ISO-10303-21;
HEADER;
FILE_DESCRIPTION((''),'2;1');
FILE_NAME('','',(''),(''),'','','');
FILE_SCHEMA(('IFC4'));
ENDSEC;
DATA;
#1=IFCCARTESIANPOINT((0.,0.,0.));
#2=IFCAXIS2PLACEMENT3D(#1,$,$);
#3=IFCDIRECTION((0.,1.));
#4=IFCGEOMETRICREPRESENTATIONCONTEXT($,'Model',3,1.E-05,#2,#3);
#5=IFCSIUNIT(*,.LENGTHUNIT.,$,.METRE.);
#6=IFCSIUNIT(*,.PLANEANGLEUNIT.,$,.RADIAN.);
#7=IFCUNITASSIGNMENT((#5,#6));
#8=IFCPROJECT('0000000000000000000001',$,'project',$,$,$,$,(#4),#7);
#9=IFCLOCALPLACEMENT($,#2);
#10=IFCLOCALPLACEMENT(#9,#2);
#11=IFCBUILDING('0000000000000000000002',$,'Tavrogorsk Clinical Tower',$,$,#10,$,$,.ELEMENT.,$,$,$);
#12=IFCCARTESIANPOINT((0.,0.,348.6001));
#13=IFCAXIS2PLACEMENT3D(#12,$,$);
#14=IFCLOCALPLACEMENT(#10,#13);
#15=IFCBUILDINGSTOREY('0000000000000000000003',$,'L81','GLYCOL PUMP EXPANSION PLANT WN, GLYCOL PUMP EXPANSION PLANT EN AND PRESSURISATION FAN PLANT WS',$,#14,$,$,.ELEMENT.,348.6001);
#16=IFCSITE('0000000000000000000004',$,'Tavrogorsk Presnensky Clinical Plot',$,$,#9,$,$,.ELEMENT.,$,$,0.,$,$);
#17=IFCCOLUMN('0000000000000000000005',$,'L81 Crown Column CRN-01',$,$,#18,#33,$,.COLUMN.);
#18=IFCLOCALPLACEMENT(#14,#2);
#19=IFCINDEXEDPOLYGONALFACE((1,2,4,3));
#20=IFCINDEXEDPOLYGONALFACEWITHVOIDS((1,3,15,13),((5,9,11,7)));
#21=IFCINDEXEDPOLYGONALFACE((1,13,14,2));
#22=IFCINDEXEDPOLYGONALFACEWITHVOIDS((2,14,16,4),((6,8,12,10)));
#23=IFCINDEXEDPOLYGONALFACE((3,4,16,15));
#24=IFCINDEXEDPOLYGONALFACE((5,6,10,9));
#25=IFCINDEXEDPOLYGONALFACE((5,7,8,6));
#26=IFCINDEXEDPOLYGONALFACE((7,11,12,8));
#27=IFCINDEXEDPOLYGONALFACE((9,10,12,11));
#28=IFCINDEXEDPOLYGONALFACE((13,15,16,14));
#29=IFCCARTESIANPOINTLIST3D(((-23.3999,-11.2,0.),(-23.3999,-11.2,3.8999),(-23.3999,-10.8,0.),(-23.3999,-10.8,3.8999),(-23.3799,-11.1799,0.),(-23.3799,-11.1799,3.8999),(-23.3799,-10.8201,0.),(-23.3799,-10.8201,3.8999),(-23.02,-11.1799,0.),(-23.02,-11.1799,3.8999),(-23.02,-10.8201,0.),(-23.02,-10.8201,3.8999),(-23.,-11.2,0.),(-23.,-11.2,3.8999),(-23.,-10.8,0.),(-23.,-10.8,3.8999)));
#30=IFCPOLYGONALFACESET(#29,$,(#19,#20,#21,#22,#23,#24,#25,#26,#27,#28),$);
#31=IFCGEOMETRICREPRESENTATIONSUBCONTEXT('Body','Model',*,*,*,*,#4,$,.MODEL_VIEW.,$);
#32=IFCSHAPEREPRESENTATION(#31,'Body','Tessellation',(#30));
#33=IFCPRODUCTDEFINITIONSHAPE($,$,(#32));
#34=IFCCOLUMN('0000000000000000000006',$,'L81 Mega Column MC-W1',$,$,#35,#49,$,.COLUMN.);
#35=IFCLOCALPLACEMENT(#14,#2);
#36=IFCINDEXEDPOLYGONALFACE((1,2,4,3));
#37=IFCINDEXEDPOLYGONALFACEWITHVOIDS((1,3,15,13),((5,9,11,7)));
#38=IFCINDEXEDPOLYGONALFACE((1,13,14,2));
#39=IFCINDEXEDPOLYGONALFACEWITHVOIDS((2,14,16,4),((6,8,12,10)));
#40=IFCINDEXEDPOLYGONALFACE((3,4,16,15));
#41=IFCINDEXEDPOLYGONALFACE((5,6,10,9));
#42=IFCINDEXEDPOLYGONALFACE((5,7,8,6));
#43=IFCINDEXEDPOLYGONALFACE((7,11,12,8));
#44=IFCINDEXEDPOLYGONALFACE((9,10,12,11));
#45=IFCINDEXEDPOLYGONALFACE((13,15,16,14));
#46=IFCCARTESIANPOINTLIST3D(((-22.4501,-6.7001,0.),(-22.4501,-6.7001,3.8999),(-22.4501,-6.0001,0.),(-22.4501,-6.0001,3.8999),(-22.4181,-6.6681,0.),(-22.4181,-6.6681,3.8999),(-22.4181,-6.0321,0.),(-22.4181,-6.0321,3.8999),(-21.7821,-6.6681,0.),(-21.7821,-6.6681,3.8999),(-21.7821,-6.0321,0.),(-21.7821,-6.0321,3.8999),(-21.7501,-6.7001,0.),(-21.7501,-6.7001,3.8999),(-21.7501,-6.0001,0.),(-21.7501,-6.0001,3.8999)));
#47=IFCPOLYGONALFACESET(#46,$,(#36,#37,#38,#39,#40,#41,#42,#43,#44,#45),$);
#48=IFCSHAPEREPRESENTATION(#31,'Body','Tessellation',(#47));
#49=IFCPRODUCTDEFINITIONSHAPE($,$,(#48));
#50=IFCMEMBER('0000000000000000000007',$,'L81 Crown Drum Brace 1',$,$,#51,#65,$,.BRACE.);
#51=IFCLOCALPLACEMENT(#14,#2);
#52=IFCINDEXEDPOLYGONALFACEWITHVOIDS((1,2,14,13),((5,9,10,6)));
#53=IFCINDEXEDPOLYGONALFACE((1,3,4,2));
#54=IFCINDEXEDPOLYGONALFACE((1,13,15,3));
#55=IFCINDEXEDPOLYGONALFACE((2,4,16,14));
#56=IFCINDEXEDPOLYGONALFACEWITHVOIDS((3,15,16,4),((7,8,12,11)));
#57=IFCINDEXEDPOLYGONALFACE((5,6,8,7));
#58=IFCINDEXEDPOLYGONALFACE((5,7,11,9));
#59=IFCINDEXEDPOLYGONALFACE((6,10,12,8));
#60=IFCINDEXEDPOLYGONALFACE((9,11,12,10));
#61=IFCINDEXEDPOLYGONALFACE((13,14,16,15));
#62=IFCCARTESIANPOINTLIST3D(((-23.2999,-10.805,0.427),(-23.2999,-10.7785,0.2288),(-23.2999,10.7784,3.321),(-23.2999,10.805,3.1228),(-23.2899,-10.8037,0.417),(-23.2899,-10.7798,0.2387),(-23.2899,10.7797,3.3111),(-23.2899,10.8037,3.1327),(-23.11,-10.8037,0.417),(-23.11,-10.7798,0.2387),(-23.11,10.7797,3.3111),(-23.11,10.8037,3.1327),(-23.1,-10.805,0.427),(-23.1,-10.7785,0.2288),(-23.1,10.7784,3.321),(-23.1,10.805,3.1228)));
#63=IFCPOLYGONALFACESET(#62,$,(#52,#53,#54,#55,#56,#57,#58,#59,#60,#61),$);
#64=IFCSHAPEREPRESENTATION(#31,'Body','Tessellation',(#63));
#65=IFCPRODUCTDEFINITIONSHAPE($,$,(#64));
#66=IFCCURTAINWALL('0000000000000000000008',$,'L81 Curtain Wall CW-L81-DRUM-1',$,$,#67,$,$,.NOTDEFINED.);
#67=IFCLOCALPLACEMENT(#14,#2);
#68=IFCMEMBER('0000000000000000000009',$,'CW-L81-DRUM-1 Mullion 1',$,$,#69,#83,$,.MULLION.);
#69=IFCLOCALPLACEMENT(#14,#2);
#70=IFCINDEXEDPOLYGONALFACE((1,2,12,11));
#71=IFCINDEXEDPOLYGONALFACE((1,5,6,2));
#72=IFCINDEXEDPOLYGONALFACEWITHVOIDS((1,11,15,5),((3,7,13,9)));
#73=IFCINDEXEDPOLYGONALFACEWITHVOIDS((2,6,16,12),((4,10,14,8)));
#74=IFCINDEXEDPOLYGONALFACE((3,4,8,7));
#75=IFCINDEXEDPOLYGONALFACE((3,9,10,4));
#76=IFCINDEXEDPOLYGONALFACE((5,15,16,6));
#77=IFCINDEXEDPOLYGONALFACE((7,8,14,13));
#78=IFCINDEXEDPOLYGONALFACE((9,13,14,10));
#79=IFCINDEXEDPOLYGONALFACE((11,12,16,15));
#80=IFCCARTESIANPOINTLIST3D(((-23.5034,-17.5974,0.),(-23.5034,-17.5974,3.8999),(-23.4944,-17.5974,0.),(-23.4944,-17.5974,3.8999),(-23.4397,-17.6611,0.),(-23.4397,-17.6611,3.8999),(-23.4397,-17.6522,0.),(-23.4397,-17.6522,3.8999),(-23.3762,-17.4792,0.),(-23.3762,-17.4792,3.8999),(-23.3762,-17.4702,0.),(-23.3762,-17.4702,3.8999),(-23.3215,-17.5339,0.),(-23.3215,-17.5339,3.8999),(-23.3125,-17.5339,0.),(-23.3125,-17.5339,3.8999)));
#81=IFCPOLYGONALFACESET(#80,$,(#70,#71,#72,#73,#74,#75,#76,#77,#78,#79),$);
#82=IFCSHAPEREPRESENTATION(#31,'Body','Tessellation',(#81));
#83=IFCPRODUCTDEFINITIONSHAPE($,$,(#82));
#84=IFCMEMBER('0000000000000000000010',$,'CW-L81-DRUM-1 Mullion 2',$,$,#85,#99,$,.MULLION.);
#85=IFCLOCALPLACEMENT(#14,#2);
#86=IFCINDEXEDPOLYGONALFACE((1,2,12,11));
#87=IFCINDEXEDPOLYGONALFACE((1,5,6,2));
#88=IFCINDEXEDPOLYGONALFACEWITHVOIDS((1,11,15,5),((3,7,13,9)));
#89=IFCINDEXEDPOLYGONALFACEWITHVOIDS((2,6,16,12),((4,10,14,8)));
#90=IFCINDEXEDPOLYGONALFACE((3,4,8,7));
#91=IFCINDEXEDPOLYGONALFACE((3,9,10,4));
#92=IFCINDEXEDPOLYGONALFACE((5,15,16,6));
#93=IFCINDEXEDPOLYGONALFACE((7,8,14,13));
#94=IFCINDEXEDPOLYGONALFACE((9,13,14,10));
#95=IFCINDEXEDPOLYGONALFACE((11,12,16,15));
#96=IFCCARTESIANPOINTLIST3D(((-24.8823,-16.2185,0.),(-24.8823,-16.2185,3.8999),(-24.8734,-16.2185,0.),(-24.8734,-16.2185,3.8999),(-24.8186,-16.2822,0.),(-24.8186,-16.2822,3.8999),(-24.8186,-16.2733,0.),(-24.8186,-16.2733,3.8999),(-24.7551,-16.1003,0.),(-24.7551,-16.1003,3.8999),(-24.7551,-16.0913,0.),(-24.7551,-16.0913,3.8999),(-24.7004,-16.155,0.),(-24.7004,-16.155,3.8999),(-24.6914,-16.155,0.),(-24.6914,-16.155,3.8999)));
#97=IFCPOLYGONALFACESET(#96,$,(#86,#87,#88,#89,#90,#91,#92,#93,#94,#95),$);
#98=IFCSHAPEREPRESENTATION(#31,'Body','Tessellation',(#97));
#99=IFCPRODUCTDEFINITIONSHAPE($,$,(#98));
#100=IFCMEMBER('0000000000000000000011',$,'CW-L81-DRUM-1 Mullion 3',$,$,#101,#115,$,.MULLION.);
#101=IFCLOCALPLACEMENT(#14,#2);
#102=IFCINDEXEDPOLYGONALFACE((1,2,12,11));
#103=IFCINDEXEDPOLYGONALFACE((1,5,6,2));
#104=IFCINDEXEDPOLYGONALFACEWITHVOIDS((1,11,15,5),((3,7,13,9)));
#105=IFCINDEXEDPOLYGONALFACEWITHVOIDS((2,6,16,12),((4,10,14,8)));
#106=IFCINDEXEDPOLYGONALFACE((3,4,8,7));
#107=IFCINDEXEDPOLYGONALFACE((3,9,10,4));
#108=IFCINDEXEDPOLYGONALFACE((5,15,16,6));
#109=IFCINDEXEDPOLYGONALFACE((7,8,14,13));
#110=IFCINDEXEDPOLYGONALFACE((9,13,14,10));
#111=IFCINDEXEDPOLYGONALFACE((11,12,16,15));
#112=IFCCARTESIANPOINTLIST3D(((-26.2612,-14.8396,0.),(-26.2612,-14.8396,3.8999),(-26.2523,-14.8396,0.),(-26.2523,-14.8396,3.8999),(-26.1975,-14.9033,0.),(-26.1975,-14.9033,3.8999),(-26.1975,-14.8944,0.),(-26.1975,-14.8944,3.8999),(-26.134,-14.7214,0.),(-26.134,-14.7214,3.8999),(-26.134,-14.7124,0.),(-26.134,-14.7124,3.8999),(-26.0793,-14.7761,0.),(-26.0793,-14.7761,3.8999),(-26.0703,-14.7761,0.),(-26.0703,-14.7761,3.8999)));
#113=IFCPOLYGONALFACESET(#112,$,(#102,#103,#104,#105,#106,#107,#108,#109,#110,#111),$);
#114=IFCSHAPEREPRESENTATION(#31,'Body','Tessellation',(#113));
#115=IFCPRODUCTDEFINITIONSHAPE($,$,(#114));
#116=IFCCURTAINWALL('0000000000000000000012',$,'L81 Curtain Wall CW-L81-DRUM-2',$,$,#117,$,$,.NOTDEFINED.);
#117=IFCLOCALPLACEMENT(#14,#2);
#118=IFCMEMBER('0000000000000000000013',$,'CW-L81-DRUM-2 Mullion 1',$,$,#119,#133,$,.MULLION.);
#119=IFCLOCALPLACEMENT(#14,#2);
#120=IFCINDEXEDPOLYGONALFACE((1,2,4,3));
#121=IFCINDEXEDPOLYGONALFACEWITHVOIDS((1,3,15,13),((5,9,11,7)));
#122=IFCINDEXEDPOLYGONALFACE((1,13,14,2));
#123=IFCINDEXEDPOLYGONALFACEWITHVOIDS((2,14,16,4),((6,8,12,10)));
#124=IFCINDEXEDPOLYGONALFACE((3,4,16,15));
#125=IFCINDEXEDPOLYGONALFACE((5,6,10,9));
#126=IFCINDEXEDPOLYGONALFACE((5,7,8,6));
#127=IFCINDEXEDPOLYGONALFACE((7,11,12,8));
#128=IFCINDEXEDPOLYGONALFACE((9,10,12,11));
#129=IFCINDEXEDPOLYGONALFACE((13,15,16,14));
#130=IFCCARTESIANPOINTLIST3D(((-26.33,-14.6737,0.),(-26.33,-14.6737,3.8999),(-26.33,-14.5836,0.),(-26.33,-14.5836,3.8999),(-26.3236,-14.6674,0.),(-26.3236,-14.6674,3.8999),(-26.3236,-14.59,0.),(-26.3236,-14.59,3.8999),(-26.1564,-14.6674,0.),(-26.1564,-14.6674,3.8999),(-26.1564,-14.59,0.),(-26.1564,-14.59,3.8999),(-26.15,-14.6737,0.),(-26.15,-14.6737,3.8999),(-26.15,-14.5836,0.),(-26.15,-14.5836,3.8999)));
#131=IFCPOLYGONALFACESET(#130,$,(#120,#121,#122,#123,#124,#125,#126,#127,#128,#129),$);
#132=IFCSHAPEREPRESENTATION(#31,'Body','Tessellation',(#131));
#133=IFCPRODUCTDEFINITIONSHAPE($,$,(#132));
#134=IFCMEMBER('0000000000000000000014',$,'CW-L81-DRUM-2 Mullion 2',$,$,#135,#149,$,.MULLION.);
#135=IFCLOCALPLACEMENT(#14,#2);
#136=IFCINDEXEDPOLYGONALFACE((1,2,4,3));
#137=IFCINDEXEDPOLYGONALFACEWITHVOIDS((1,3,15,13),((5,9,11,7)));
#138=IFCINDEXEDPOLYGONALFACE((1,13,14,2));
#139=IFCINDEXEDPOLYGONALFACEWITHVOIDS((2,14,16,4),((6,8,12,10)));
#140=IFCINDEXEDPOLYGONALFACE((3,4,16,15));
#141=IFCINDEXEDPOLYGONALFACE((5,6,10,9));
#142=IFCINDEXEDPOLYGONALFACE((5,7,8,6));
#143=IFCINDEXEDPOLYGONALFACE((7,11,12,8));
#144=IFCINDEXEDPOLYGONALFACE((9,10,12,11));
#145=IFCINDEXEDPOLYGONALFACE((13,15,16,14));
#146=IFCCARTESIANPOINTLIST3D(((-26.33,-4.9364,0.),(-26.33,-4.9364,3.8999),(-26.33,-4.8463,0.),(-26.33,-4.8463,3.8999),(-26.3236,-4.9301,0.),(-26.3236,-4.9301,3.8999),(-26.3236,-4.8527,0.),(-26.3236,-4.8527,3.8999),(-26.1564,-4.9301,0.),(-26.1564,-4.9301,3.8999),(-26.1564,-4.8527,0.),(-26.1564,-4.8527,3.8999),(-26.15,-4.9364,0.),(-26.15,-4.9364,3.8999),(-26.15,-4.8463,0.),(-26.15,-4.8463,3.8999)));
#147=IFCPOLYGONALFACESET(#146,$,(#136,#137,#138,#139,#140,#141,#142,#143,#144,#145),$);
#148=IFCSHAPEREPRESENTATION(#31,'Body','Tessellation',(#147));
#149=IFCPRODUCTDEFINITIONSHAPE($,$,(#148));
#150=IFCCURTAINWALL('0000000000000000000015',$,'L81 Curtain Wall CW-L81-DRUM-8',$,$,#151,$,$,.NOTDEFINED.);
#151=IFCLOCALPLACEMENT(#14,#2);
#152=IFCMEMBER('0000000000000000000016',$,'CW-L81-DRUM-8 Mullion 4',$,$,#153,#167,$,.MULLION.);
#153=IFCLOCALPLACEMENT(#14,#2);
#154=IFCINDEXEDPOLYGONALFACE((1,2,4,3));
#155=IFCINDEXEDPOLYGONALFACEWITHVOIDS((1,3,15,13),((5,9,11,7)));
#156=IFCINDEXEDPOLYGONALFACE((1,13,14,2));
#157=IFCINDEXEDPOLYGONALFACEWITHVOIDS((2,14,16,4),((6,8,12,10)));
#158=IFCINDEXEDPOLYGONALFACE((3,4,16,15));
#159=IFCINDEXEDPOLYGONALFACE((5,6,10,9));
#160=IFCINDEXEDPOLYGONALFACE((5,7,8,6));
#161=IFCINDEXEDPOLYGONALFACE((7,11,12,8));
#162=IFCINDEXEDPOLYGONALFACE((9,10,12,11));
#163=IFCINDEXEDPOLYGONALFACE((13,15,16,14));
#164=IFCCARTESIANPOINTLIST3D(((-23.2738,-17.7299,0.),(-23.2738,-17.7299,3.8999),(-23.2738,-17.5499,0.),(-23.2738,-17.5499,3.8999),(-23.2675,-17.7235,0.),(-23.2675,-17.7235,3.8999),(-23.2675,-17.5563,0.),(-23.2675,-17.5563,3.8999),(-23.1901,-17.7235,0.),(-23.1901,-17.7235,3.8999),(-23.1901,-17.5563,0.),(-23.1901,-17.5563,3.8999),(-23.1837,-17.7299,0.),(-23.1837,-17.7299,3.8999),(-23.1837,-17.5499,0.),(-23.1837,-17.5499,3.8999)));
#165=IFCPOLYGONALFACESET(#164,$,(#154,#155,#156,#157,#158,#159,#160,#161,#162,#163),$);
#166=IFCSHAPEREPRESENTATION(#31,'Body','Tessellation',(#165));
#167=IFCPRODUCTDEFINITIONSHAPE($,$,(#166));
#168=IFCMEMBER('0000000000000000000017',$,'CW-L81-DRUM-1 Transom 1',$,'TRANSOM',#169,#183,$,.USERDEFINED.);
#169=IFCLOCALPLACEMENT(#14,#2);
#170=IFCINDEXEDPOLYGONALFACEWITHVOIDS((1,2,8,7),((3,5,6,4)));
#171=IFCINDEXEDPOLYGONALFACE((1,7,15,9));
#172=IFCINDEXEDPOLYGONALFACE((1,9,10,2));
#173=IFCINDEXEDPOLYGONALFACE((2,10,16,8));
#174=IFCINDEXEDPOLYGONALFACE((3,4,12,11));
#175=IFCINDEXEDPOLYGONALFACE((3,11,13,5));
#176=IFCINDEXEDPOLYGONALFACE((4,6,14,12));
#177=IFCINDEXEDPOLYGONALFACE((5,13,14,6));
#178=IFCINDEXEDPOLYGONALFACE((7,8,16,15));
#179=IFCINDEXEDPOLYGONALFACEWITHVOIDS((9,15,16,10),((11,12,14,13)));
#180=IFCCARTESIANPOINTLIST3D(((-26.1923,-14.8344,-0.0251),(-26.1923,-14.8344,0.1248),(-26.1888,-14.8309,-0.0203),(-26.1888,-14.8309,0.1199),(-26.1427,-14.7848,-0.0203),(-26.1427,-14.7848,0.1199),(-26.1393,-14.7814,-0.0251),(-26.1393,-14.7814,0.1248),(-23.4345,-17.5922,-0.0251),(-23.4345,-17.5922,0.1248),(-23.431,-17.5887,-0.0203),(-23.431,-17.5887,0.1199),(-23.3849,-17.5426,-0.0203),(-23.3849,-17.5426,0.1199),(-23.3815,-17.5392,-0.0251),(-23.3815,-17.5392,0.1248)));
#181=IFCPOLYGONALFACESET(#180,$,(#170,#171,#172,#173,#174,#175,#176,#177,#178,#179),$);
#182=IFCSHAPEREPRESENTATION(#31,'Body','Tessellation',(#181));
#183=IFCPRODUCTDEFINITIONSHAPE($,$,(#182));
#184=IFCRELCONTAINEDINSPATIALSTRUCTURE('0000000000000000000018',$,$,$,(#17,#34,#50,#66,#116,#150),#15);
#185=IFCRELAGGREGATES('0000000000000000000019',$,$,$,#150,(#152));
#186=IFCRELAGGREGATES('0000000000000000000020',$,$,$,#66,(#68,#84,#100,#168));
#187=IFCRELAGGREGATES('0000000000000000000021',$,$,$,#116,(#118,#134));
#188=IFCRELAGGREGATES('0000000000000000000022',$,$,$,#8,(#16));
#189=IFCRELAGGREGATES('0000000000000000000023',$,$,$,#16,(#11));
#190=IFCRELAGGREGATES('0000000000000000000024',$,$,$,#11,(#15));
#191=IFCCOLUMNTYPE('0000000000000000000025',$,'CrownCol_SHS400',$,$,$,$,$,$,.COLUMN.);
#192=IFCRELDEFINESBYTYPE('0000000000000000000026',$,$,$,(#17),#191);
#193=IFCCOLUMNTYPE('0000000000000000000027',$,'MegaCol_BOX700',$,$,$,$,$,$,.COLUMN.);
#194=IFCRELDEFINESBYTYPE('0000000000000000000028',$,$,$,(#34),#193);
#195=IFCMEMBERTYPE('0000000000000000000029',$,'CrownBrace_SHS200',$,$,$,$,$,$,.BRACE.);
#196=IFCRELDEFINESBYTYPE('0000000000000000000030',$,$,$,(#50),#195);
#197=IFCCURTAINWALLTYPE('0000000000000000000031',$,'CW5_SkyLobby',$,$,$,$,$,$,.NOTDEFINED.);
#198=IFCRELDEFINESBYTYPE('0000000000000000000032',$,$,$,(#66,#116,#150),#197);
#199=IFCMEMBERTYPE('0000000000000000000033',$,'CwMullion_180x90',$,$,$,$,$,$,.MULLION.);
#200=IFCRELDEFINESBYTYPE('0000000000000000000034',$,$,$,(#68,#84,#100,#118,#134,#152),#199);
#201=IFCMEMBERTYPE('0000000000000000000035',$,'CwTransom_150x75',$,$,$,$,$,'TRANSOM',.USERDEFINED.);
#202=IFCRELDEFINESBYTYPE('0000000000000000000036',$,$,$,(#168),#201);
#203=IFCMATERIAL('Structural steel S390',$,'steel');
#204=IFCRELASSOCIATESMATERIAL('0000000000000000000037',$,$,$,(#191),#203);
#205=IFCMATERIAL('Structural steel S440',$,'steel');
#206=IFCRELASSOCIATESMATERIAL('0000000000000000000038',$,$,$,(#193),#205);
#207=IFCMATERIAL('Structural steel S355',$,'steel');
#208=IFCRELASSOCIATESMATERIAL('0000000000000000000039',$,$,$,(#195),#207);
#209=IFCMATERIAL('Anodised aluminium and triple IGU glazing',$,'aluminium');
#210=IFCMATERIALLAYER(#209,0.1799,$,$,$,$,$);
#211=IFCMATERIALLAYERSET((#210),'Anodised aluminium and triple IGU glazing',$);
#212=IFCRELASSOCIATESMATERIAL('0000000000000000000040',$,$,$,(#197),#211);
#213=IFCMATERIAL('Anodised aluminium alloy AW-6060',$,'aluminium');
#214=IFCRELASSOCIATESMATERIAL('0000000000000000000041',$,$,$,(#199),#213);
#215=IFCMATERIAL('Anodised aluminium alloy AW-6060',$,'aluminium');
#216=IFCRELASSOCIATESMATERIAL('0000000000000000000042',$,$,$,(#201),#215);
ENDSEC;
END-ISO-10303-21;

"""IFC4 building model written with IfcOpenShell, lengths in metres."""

from ifc_helpers import new_model, si_unit, direction, frame, origin, origin_2d, place, context, subcontext, project, spatial, hollow_rectangle, extrude, material, layer, layer_set, material_profile, profile_set, type_object, element, aggregate, save


model = new_model("IFC4")

# Units and contexts
model_context = context("Model", 3, precision=1e-05, world=origin(), true_north=direction((0.0, 1.0)))
body_context = subcontext(model_context, "Body", "Model", "MODEL_VIEW")
ifc_project = project(units=[si_unit("LENGTHUNIT", "METRE"), si_unit("PLANEANGLEUNIT", "RADIAN")], contexts=[model_context])

# Site, building, storey
site_placement = place(None, origin())
site = spatial("IfcSite", under=ifc_project, at=site_placement, Name="Tavrogorsk Presnensky Clinical Plot", CompositionType="ELEMENT", RefElevation=0.0)
building_placement = place(site_placement, origin())
building = spatial("IfcBuilding", under=site, at=building_placement, Name="Tavrogorsk Clinical Tower", CompositionType="ELEMENT")
storey_placement = place(building_placement, frame((0.0, 0.0, 348.6001)))
storey = spatial("IfcBuildingStorey", under=building, at=storey_placement, Name="L81", Description="GLYCOL PUMP EXPANSION PLANT WN, GLYCOL PUMP EXPANSION PLANT EN AND PRESSURISATION FAN PLANT WS", CompositionType="ELEMENT", Elevation=348.6001)

# Columns
ifc_material_1 = material(Name="Structural steel S390", Category="steel")
ifc_material_profile_1 = material_profile(ifc_material_1, hollow_rectangle(XDim=0.3999, YDim=0.3999, WallThickness=0.02, at=origin_2d()), Name="SHS-400x400x20")
ifc_profile_set_1 = profile_set([ifc_material_profile_1], Name="Structural steel S390")
column_type_1 = type_object("IfcColumnType", Name="CrownCol_SHS400", PredefinedType="COLUMN", material=ifc_profile_set_1)
column_1_placement = place(storey_placement, frame((-23.2, -11.0, 0.0), z_axis=(0.0, 0.0, 1.0), x_axis=(1.0, 0.0, 0.0)))
element("IfcColumn", 1, at=column_1_placement, inside=storey, type_object=column_type_1, Name="L81 Crown Column CRN-01", PredefinedType="COLUMN", context=body_context, shape_type="SweptSolid", body=[
    extrude(hollow_rectangle(XDim=0.3999, YDim=0.3999, WallThickness=0.02, at=origin_2d()), origin(), (0.0, 0.0, 1.0), 3.8999),
])
ifc_material_2 = material(Name="Structural steel S440", Category="steel")
ifc_material_profile_2 = material_profile(ifc_material_2, hollow_rectangle(XDim=0.7, YDim=0.7, WallThickness=0.032, at=origin_2d()), Name="BOX-700x700x32")
ifc_profile_set_2 = profile_set([ifc_material_profile_2], Name="Structural steel S440")
column_type_2 = type_object("IfcColumnType", Name="MegaCol_BOX700", PredefinedType="COLUMN", material=ifc_profile_set_2)
column_2_placement = place(storey_placement, frame((-22.1001, -6.3501, 0.0), z_axis=(0.0, 0.0, 1.0), x_axis=(1.0, 0.0, 0.0)))
element("IfcColumn", 2, at=column_2_placement, inside=storey, type_object=column_type_2, Name="L81 Mega Column MC-W1", PredefinedType="COLUMN", context=body_context, shape_type="SweptSolid", body=[
    extrude(hollow_rectangle(XDim=0.7, YDim=0.7, WallThickness=0.032, at=origin_2d()), origin(), (0.0, 0.0, 1.0), 3.8999),
])

# Member
ifc_material_3 = material(Name="Structural steel S355", Category="steel")
ifc_material_profile_3 = material_profile(ifc_material_3, hollow_rectangle(XDim=0.2, YDim=0.2, WallThickness=0.01, at=origin_2d()), Name="SHS-200x200x10")
ifc_profile_set_3 = profile_set([ifc_material_profile_3], Name="Structural steel S355")
member_type_1 = type_object("IfcMemberType", Name="CrownBrace_SHS200", PredefinedType="BRACE", material=ifc_profile_set_3)
member_1_placement = place(storey_placement, frame((-23.2, -10.7917, 0.3279), z_axis=(0.0, 0.99113, 0.132897), x_axis=(-1.0, 0.0, 0.0)))
element("IfcMember", 3, at=member_1_placement, inside=storey, type_object=member_type_1, Name="L81 Crown Drum Brace 1", PredefinedType="BRACE", context=body_context, shape_type="SweptSolid", body=[
    extrude(hollow_rectangle(XDim=0.2, YDim=0.2, WallThickness=0.01, at=origin_2d()), origin(), (0.0, 0.0, 1.0), 21.7766),
])

# Curtain walls, members
ifc_material_4 = material(Name="Anodised aluminium and triple IGU glazing", Category="aluminium")
ifc_layer_1 = layer(ifc_material_4, 0.1799)
ifc_layer_set_1 = layer_set([ifc_layer_1], Name="Anodised aluminium and triple IGU glazing")
curtain_wall_type = type_object("IfcCurtainWallType", Name="CW5_SkyLobby", PredefinedType="NOTDEFINED", material=ifc_layer_set_1)
curtain_wall_1_placement = place(storey_placement, origin())
curtain_wall_1 = element("IfcCurtainWall", 4, at=curtain_wall_1_placement, inside=storey, type_object=curtain_wall_type, Name="L81 Curtain Wall CW-L81-DRUM-1", PredefinedType="NOTDEFINED")
ifc_material_5 = material(Name="Anodised aluminium alloy AW-6060", Category="aluminium")
ifc_material_profile_4 = material_profile(ifc_material_5, hollow_rectangle(XDim=0.0901, YDim=0.1799, WallThickness=0.0063, at=origin_2d()), Name="RHS-180x90x6.3")
ifc_profile_set_4 = profile_set([ifc_material_profile_4], Name="Anodised aluminium alloy AW-6060")
member_type_2 = type_object("IfcMemberType", Name="CwMullion_180x90", PredefinedType="MULLION", material=ifc_profile_set_4)
member_2_placement = place(storey_placement, frame((-23.408, -17.5657, 0.0), z_axis=(0.0, 0.0, 1.0), x_axis=(-0.707107, 0.707107, 0.0)))
member_2 = element("IfcMember", 5, at=member_2_placement, type_object=member_type_2, Name="CW-L81-DRUM-1 Mullion 1", PredefinedType="MULLION", context=body_context, shape_type="SweptSolid", body=[
    extrude(hollow_rectangle(XDim=0.0901, YDim=0.1799, WallThickness=0.0063, at=origin_2d()), origin(), (0.0, 0.0, 1.0), 3.8999),
])
member_3_placement = place(storey_placement, frame((-24.7869, -16.1868, 0.0), z_axis=(0.0, 0.0, 1.0), x_axis=(-0.707107, 0.707107, 0.0)))
member_3 = element("IfcMember", 6, at=member_3_placement, type_object=member_type_2, Name="CW-L81-DRUM-1 Mullion 2", PredefinedType="MULLION", context=body_context, shape_type="SweptSolid", body=[
    extrude(hollow_rectangle(XDim=0.0901, YDim=0.1799, WallThickness=0.0063, at=origin_2d()), origin(), (0.0, 0.0, 1.0), 3.8999),
])
member_4_placement = place(storey_placement, frame((-26.1658, -14.8079, 0.0), z_axis=(0.0, 0.0, 1.0), x_axis=(-0.707107, 0.707107, 0.0)))
member_4 = element("IfcMember", 7, at=member_4_placement, type_object=member_type_2, Name="CW-L81-DRUM-1 Mullion 3", PredefinedType="MULLION", context=body_context, shape_type="SweptSolid", body=[
    extrude(hollow_rectangle(XDim=0.0901, YDim=0.1799, WallThickness=0.0063, at=origin_2d()), origin(), (0.0, 0.0, 1.0), 3.8999),
])
curtain_wall_2_placement = place(storey_placement, origin())
curtain_wall_2 = element("IfcCurtainWall", 8, at=curtain_wall_2_placement, inside=storey, type_object=curtain_wall_type, Name="L81 Curtain Wall CW-L81-DRUM-2", PredefinedType="NOTDEFINED")
member_5_placement = place(storey_placement, frame((-26.24, -14.6287, 0.0), z_axis=(0.0, 0.0, 1.0), x_axis=(0.0, 1.0, 0.0)))
member_5 = element("IfcMember", 9, at=member_5_placement, type_object=member_type_2, Name="CW-L81-DRUM-2 Mullion 1", PredefinedType="MULLION", context=body_context, shape_type="SweptSolid", body=[
    extrude(hollow_rectangle(XDim=0.0901, YDim=0.1799, WallThickness=0.0063, at=origin_2d()), origin(), (0.0, 0.0, 1.0), 3.8999),
])
member_6_placement = place(storey_placement, frame((-26.24, -4.8914, 0.0), z_axis=(0.0, 0.0, 1.0), x_axis=(0.0, 1.0, 0.0)))
member_6 = element("IfcMember", 10, at=member_6_placement, type_object=member_type_2, Name="CW-L81-DRUM-2 Mullion 2", PredefinedType="MULLION", context=body_context, shape_type="SweptSolid", body=[
    extrude(hollow_rectangle(XDim=0.0901, YDim=0.1799, WallThickness=0.0063, at=origin_2d()), origin(), (0.0, 0.0, 1.0), 3.8999),
])

# Curtain wall, member
curtain_wall_3_placement = place(storey_placement, origin())
curtain_wall_3 = element("IfcCurtainWall", 11, at=curtain_wall_3_placement, inside=storey, type_object=curtain_wall_type, Name="L81 Curtain Wall CW-L81-DRUM-8", PredefinedType="NOTDEFINED")
member_7_placement = place(storey_placement, frame((-23.2288, -17.6399, 0.0), z_axis=(0.0, 0.0, 1.0), x_axis=(-1.0, 0.0, 0.0)))
member_7 = element("IfcMember", 12, at=member_7_placement, type_object=member_type_2, Name="CW-L81-DRUM-8 Mullion 4", PredefinedType="MULLION", context=body_context, shape_type="SweptSolid", body=[
    extrude(hollow_rectangle(XDim=0.0901, YDim=0.1799, WallThickness=0.0063, at=origin_2d()), origin(), (0.0, 0.0, 1.0), 3.8999),
])
aggregate(curtain_wall_3, [member_7])

# Member
ifc_material_6 = material(Name="Anodised aluminium alloy AW-6060", Category="aluminium")
ifc_material_profile_5 = material_profile(ifc_material_6, hollow_rectangle(XDim=0.075, YDim=0.1499, WallThickness=0.0049, at=origin_2d()), Name="RHS-150x75x5")
ifc_profile_set_5 = profile_set([ifc_material_profile_5], Name="Anodised aluminium alloy AW-6060")
member_type_3 = type_object("IfcMemberType", Name="CwTransom_150x75", ElementType="TRANSOM", PredefinedType="USERDEFINED", material=ifc_profile_set_5)
member_8_placement = place(storey_placement, frame((-23.408, -17.5657, 0.0498), z_axis=(-0.707107, 0.707107, 0.0), x_axis=(-0.707107, -0.707107, 0.0)))
member_8 = element("IfcMember", 13, at=member_8_placement, type_object=member_type_3, Name="CW-L81-DRUM-1 Transom 1", ObjectType="TRANSOM", PredefinedType="USERDEFINED", context=body_context, shape_type="SweptSolid", body=[
    extrude(hollow_rectangle(XDim=0.075, YDim=0.1499, WallThickness=0.0049, at=origin_2d()), origin(), (0.0, 0.0, 1.0), 3.9001),
])

aggregate(curtain_wall_1, [member_2, member_3, member_4, member_8])
aggregate(curtain_wall_2, [member_5, member_6])

save(model, "model.ifc")
